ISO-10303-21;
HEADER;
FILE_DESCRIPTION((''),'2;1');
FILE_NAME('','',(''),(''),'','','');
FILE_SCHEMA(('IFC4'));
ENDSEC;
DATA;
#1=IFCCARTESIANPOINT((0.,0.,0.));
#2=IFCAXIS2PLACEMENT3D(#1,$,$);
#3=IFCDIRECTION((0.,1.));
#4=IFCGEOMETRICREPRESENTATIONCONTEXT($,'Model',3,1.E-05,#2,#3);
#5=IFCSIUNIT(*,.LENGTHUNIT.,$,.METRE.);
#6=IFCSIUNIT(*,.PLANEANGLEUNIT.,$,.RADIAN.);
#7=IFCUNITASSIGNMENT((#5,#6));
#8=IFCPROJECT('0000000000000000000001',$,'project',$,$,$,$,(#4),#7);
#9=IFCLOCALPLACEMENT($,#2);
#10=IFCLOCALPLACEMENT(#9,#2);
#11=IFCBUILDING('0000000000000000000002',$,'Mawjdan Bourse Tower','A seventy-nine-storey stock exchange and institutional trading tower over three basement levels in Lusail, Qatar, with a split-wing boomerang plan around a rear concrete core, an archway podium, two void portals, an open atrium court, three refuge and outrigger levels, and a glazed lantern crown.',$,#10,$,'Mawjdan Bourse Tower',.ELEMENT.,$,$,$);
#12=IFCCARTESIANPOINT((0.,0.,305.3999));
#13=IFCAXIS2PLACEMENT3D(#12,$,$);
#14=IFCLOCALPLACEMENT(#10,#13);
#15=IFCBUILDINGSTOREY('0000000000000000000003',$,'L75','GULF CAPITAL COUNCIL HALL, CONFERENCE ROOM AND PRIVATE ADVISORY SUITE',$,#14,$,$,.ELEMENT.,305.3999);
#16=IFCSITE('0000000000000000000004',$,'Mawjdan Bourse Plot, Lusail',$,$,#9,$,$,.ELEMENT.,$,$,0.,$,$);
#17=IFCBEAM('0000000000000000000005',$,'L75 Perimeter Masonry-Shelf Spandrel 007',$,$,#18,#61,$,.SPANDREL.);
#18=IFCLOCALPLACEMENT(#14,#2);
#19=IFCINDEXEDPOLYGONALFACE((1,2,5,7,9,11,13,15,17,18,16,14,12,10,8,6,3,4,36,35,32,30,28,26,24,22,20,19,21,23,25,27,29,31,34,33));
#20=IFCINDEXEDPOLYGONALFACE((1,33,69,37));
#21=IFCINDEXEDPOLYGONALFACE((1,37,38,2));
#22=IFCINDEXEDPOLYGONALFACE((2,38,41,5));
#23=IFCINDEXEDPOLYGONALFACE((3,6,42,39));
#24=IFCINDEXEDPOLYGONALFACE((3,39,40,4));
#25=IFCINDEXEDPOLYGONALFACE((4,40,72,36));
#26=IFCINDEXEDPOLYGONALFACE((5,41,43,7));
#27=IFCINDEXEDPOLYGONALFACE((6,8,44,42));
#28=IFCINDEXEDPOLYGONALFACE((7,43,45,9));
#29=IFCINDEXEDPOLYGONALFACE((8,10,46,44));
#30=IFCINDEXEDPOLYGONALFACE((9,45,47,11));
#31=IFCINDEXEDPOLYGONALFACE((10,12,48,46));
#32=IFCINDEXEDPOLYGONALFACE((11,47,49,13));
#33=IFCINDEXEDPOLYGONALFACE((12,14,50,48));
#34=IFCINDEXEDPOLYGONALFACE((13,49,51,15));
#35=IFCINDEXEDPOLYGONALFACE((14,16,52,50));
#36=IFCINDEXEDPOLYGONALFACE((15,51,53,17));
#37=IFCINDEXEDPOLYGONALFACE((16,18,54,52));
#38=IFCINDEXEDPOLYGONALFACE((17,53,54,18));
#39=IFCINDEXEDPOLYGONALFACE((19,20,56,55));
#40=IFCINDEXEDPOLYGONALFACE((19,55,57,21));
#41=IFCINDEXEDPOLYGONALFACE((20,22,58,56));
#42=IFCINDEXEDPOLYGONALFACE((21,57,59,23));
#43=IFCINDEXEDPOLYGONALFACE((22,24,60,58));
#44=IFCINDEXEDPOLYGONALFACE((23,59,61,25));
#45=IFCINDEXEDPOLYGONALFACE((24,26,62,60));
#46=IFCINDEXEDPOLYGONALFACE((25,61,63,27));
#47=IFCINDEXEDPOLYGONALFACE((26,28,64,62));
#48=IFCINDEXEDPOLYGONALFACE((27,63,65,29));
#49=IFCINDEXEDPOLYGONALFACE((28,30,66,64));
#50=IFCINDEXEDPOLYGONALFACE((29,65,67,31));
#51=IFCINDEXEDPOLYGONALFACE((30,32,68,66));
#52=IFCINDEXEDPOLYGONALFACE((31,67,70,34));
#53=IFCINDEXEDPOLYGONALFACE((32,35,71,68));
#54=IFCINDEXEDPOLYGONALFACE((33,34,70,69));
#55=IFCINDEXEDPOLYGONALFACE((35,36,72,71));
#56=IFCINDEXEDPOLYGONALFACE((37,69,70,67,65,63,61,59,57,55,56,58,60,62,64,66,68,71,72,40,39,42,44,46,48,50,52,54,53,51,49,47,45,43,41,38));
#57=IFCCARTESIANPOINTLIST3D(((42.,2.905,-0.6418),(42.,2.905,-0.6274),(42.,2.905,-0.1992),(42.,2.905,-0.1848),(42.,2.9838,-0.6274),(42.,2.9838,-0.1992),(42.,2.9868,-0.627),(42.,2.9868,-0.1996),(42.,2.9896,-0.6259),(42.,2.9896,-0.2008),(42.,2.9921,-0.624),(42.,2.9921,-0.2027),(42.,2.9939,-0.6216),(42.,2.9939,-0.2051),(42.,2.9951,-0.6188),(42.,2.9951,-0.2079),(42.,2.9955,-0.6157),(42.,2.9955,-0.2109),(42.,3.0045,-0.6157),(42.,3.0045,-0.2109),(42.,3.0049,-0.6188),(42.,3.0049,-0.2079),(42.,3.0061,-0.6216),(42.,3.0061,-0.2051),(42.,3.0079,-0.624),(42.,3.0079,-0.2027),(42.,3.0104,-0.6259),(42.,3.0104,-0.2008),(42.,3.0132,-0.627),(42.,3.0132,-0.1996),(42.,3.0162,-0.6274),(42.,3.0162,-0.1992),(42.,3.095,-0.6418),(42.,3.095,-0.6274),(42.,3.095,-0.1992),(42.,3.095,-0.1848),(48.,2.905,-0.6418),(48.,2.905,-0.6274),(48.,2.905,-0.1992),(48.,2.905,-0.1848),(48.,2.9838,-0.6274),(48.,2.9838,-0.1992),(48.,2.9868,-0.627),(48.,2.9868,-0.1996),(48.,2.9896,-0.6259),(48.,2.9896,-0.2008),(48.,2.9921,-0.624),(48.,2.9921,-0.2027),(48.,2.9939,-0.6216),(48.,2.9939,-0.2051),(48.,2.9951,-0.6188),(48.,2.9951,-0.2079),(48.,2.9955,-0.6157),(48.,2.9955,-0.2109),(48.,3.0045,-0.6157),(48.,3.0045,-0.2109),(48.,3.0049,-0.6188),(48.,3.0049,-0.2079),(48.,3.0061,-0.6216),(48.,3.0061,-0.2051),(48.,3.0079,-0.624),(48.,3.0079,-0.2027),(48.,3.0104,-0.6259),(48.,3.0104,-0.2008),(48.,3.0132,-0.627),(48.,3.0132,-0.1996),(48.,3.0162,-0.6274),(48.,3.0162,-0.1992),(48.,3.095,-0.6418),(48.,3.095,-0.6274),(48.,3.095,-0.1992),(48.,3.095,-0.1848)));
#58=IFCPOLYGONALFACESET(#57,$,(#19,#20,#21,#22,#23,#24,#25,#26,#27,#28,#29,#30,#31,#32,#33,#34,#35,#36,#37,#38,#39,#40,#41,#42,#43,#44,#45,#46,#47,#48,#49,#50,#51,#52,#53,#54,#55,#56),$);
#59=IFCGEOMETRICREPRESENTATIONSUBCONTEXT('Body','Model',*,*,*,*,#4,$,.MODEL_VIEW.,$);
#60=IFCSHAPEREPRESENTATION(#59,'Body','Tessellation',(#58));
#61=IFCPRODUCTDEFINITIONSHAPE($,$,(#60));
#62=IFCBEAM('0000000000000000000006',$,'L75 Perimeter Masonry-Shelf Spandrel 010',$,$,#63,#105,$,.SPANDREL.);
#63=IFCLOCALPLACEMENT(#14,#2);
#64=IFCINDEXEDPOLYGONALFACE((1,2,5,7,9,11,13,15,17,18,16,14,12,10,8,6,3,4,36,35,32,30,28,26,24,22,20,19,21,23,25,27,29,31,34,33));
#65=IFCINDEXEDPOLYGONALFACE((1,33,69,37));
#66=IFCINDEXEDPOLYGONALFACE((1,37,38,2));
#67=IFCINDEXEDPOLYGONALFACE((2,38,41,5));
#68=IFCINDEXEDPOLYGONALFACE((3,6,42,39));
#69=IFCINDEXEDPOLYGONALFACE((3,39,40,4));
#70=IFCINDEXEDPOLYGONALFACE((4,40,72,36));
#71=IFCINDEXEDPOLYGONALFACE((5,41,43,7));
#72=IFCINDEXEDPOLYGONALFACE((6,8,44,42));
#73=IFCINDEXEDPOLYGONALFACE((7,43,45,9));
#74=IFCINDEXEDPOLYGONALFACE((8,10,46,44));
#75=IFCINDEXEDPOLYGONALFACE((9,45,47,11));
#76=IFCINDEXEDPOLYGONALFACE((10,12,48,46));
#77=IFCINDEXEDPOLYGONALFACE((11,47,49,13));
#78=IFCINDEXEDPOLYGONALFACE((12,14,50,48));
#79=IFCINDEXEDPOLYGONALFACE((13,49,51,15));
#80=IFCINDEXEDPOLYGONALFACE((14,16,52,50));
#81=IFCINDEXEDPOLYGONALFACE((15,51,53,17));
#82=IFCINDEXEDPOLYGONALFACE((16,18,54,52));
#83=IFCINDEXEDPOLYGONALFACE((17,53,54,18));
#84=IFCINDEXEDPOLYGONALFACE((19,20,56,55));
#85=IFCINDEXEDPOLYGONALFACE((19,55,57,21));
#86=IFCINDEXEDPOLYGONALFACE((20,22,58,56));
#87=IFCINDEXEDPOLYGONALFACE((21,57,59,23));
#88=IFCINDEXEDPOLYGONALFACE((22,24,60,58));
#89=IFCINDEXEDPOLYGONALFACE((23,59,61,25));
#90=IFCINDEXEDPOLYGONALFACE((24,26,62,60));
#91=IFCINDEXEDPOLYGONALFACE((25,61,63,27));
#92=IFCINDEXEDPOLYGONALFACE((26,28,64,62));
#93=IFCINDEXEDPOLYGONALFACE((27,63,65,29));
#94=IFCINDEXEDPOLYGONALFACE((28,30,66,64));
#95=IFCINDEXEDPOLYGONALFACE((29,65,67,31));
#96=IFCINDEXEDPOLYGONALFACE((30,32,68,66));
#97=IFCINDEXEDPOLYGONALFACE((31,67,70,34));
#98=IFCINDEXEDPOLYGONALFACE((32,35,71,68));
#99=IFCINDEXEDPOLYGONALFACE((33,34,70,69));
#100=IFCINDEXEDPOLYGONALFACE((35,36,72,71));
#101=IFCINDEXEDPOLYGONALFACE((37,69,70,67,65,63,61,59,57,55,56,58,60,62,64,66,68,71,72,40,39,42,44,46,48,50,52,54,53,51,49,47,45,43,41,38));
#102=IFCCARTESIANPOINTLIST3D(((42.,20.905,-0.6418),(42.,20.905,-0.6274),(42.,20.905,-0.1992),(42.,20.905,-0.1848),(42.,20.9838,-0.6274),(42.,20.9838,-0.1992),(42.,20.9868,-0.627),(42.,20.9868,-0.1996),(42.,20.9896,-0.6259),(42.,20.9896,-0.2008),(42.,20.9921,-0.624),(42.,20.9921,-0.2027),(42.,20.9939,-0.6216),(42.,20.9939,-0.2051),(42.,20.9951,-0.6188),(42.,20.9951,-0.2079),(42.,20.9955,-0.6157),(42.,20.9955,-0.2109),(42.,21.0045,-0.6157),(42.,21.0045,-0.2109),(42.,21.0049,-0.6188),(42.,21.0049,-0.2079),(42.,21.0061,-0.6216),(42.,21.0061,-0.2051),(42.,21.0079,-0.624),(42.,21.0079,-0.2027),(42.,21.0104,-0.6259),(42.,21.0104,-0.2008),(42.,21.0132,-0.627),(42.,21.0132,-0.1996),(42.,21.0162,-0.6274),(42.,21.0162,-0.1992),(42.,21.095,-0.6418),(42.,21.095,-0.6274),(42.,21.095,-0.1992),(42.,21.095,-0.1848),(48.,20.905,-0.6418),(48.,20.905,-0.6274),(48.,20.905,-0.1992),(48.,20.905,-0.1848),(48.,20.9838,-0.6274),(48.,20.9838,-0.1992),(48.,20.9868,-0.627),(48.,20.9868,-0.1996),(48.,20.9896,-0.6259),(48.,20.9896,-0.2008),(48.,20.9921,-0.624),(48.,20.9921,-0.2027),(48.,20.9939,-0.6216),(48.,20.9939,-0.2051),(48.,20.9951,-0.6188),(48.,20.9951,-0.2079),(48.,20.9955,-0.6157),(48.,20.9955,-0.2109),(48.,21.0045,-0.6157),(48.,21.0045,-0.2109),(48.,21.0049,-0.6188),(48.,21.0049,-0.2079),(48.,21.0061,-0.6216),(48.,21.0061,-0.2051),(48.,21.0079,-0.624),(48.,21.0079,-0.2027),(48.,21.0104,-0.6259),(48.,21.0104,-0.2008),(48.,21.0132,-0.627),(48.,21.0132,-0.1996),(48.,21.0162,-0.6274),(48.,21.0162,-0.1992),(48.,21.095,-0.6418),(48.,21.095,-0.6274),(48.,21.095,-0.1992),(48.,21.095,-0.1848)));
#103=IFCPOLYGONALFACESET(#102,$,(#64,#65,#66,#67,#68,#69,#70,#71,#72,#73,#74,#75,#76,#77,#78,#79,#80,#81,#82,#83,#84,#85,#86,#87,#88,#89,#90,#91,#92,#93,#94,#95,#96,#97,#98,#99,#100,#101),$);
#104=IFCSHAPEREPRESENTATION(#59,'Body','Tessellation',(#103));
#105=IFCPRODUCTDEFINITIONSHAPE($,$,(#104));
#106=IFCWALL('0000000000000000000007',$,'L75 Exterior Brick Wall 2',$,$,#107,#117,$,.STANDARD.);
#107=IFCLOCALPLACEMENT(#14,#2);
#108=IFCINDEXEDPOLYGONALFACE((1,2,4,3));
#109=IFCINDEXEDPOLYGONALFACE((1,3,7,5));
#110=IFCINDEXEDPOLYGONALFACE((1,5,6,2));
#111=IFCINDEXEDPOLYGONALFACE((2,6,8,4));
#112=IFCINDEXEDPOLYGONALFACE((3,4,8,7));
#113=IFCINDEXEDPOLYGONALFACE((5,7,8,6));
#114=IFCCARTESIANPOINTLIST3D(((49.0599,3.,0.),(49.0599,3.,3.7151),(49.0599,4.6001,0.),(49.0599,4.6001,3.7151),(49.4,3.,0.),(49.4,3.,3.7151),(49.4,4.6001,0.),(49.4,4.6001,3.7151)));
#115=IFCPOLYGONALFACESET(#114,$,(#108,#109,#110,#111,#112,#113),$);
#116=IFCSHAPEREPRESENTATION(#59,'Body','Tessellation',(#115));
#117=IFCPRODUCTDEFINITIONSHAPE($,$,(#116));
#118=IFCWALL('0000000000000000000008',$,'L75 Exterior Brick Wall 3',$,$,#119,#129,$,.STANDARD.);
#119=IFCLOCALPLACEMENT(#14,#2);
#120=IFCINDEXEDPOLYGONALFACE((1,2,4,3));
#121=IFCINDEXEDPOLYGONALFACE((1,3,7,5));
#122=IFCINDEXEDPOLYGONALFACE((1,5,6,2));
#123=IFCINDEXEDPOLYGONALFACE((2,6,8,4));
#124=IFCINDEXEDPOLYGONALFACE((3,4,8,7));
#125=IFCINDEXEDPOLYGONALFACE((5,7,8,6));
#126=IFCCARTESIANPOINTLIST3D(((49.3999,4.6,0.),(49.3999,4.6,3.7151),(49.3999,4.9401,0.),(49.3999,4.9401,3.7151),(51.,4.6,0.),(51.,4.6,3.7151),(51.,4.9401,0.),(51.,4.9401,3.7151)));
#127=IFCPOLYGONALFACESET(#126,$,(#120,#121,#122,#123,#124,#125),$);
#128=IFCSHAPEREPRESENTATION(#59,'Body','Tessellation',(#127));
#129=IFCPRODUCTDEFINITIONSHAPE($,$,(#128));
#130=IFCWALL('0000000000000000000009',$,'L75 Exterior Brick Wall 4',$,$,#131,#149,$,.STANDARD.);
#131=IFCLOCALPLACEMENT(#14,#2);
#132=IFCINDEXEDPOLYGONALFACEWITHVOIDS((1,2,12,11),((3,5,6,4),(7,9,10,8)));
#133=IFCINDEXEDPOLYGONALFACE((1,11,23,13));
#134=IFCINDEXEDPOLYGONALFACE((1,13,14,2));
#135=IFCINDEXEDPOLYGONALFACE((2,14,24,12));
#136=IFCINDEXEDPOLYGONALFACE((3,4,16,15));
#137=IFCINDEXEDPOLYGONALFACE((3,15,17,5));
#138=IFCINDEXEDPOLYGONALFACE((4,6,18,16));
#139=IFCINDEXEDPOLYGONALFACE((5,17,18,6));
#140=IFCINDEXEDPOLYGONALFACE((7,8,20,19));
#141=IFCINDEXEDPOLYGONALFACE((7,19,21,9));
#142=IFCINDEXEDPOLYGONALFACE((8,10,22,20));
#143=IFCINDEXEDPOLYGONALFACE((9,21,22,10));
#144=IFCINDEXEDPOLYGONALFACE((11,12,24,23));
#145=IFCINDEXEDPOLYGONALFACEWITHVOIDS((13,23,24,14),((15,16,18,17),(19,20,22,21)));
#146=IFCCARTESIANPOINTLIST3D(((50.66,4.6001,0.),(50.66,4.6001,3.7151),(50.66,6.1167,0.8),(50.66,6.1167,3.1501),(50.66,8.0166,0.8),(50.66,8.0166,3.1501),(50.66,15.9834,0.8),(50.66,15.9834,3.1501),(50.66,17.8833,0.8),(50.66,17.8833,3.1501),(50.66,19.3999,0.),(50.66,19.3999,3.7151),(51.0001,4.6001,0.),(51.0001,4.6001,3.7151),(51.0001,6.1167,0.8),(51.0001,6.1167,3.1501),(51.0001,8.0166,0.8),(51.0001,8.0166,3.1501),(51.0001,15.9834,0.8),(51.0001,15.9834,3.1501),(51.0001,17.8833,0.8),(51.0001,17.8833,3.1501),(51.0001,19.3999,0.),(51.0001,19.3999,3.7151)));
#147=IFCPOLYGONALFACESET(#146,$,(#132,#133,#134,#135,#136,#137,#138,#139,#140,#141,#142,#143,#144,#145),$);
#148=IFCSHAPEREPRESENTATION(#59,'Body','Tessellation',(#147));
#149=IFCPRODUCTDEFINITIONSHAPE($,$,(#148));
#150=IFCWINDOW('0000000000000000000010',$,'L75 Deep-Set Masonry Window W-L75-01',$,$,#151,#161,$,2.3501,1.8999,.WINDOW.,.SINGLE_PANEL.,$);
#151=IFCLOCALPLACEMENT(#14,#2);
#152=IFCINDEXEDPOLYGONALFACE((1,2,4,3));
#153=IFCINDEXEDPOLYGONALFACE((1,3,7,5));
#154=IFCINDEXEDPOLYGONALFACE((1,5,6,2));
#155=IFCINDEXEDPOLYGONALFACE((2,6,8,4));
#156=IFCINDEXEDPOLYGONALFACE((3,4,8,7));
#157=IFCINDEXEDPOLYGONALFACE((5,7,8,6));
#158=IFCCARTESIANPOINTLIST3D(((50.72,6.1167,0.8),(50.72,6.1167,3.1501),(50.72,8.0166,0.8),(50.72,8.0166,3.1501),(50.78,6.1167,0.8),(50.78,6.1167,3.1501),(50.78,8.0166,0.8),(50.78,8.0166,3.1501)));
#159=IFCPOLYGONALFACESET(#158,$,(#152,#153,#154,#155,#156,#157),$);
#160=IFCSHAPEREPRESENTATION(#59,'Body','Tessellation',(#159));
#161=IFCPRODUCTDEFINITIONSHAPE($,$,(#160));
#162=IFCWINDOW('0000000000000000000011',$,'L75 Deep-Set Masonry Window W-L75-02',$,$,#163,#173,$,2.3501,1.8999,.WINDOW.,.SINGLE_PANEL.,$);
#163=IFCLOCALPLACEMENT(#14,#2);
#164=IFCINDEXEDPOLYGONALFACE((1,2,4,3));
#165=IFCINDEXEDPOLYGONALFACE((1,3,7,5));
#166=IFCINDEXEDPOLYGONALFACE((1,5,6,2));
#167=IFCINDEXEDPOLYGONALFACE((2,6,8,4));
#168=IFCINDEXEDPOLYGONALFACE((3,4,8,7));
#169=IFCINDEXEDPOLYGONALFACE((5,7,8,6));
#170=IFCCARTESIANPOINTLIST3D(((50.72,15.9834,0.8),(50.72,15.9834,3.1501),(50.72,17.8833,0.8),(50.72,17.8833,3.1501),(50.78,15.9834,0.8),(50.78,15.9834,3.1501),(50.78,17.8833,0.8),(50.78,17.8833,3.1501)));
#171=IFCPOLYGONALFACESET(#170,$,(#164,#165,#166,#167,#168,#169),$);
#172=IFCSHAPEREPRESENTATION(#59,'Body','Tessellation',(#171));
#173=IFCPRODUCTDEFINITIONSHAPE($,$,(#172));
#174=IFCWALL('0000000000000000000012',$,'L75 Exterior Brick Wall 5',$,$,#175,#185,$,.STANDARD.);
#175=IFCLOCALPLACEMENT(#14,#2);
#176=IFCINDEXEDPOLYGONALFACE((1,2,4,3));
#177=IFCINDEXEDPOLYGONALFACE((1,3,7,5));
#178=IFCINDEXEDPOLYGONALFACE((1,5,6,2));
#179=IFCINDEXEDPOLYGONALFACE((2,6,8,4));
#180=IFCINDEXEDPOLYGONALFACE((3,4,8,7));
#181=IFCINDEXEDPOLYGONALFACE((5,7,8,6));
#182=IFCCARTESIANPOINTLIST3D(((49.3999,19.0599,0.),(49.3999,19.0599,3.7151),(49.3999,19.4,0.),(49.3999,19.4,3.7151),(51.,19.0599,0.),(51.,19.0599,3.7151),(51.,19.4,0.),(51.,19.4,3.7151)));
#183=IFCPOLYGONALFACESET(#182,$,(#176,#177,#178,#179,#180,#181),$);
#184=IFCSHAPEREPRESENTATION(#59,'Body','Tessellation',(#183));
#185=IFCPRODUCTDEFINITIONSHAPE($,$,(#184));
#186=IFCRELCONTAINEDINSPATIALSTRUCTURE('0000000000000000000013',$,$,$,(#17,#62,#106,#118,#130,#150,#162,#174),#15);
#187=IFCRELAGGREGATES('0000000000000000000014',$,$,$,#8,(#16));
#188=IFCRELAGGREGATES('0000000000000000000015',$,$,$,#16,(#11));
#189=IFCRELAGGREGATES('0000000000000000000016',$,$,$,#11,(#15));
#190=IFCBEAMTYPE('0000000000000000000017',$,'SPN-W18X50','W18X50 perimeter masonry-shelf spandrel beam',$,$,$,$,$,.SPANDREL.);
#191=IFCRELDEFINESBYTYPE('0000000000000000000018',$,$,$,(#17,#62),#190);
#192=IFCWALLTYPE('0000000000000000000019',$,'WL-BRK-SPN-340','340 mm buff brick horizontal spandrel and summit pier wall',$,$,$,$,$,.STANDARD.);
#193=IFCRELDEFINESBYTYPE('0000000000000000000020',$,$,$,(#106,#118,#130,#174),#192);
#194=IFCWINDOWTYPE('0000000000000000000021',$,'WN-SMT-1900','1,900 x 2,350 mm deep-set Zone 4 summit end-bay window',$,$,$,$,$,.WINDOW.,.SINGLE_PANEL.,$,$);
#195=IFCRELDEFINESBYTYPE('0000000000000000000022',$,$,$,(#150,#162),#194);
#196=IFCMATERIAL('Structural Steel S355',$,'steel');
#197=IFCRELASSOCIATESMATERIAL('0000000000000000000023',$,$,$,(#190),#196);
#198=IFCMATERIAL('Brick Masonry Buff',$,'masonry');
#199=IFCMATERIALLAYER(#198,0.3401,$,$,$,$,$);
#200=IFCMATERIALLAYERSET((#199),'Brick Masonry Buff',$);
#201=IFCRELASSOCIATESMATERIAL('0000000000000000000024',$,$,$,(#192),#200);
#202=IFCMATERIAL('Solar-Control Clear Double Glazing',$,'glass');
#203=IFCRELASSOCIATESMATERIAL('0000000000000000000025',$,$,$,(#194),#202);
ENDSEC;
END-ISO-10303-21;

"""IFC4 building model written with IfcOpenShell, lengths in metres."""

from ifc_helpers import new_model, si_unit, direction, frame, frame_2d, origin, origin_2d, place, context, subcontext, project, spatial, rectangle, i_section, extrude, material, layer, layer_set, material_profile, profile_set, type_object, element, fill, save


model = new_model("IFC4")

# Units and contexts
model_context = context("Model", 3, precision=1e-05, world=origin(), true_north=direction((0.0, 1.0)))
body_context = subcontext(model_context, "Body", "Model", "MODEL_VIEW")
ifc_project = project(units=[si_unit("LENGTHUNIT", "METRE"), si_unit("PLANEANGLEUNIT", "RADIAN")], contexts=[model_context])

# Site, building, storey
site_placement = place(None, origin())
site = spatial("IfcSite", under=ifc_project, at=site_placement, Name="Mawjdan Bourse Plot, Lusail", CompositionType="ELEMENT", RefElevation=0.0)
building_placement = place(site_placement, origin())
building = spatial("IfcBuilding", under=site, at=building_placement, Name="Mawjdan Bourse Tower", Description="A seventy-nine-storey stock exchange and institutional trading tower over three basement levels in Lusail, Qatar, with a split-wing boomerang plan around a rear concrete core, an archway podium, two void portals, an open atrium court, three refuge and outrigger levels, and a glazed lantern crown.", LongName="Mawjdan Bourse Tower", CompositionType="ELEMENT")
storey_placement = place(building_placement, frame((0.0, 0.0, 305.3999)))
storey = spatial("IfcBuildingStorey", under=building, at=storey_placement, Name="L75", Description="GULF CAPITAL COUNCIL HALL, CONFERENCE ROOM AND PRIVATE ADVISORY SUITE", CompositionType="ELEMENT", Elevation=305.3999)

# Shared definitions
ifc_material_1 = material(Name="Structural Steel S355", Category="steel")

# Beams
ifc_material_profile_1 = material_profile(ifc_material_1, i_section(OverallWidth=0.1899, OverallDepth=0.457, WebThickness=0.009, FlangeThickness=0.0144, FilletRadius=0.0117, at=origin_2d()), Name="W18X50")
ifc_profile_set_1 = profile_set([ifc_material_profile_1], Name="Structural Steel S355")
beam_type_1 = type_object("IfcBeamType", Name="SPN-W18X50", Description="W18X50 perimeter masonry-shelf spandrel beam", PredefinedType="SPANDREL", material=ifc_profile_set_1)
for number, where, z_axis, x_axis, name in (
    (1, (42.0, 3.0, -0.4133), (1.0, 0.0, 0.0), (0.0, 1.0, 0.0), "L75 Perimeter Masonry-Shelf Spandrel 007"),
    (2, (42.0, 21.0, -0.4133), (1.0, 0.0, 0.0), (0.0, 1.0, 0.0), "L75 Perimeter Masonry-Shelf Spandrel 010"),
):
    element("IfcBeam", number, at=place(storey_placement, frame(where, z_axis=z_axis, x_axis=x_axis)), inside=storey, type_object=beam_type_1, Name=name, PredefinedType="SPANDREL", context=body_context, shape_type="SweptSolid", body=[
        extrude(i_section(OverallWidth=0.1899, OverallDepth=0.457, WebThickness=0.009, FlangeThickness=0.0144, FilletRadius=0.0117, at=origin_2d()), origin(), (0.0, 0.0, 1.0), 6.0),
    ])

# Walls
ifc_material_2 = material(Name="Brick Masonry Buff", Category="masonry")
ifc_layer_1 = layer(ifc_material_2, 0.3401)
ifc_layer_set_1 = layer_set([ifc_layer_1], Name="Brick Masonry Buff")
wall_type_1 = type_object("IfcWallType", Name="WL-BRK-SPN-340", Description="340 mm buff brick horizontal spandrel and summit pier wall", PredefinedType="STANDARD", material=ifc_layer_set_1)
for number, where, z_axis, x_axis, name in (
    (3, (49.23, 3.0, 0.0), (0.0, 0.0, 1.0), (0.0, 1.0, 0.0), "L75 Exterior Brick Wall 2"),
    (4, (49.3999, 4.77, 0.0), (0.0, 0.0, 1.0), (1.0, 0.0, 0.0), "L75 Exterior Brick Wall 3"),
):
    element("IfcWall", number, at=place(storey_placement, frame(where, z_axis=z_axis, x_axis=x_axis)), inside=storey, type_object=wall_type_1, Name=name, PredefinedType="STANDARD", context=body_context, shape_type="SweptSolid", body=[
        extrude(rectangle(XDim=1.6001, YDim=0.3401, at=frame_2d((0.8, 0.0))), origin(), (0.0, 0.0, 1.0), 3.7151),
    ])

# Wall, openings, windows
wall_1_placement = place(storey_placement, frame((50.8301, 4.6001, 0.0), z_axis=(0.0, 0.0, 1.0), x_axis=(0.0, 1.0, 0.0)))
wall_1 = element("IfcWall", 5, at=wall_1_placement, inside=storey, type_object=wall_type_1, Name="L75 Exterior Brick Wall 4", PredefinedType="STANDARD", context=body_context, shape_type="SweptSolid", body=[
    extrude(rectangle(XDim=14.7998, YDim=0.3401, at=frame_2d((7.3999, 0.0))), origin(), (0.0, 0.0, 1.0), 3.7151),
])
opening_1_placement = place(wall_1_placement, frame((1.5166, 0.0, 0.8)))
opening_1 = element("IfcOpeningElement", 6, at=opening_1_placement, cuts=wall_1, PredefinedType="OPENING", context=body_context, shape_type="SweptSolid", body=[
    extrude(rectangle(XDim=1.8999, YDim=2.3501, at=frame_2d((0.95, 1.175))), frame((0.0, 0.1802, 0.0), z_axis=(0.0, -1.0, 0.0), x_axis=(1.0, 0.0, 0.0)), (0.0, 0.0, 1.0), 0.3601),
])
opening_2_placement = place(wall_1_placement, frame((11.3833, 0.0, 0.8)))
opening_2 = element("IfcOpeningElement", 7, at=opening_2_placement, cuts=wall_1, PredefinedType="OPENING", context=body_context, shape_type="SweptSolid", body=[
    extrude(rectangle(XDim=1.8999, YDim=2.3501, at=frame_2d((0.95, 1.175))), frame((0.0, 0.1802, 0.0), z_axis=(0.0, -1.0, 0.0), x_axis=(1.0, 0.0, 0.0)), (0.0, 0.0, 1.0), 0.3601),
])
ifc_material_3 = material(Name="Solar-Control Clear Double Glazing", Category="glass")
window_type_1 = type_object("IfcWindowType", Name="WN-SMT-1900", Description="1,900 x 2,350 mm deep-set Zone 4 summit end-bay window", PartitioningType="SINGLE_PANEL", PredefinedType="WINDOW", material=ifc_material_3)
window_1_placement = place(opening_1_placement, origin())
window_1 = element("IfcWindow", 8, at=window_1_placement, inside=storey, type_object=window_type_1, Name="L75 Deep-Set Masonry Window W-L75-01", OverallHeight=2.3501, OverallWidth=1.8999, PartitioningType="SINGLE_PANEL", PredefinedType="WINDOW", context=body_context, shape_type="SweptSolid", body=[
    extrude(rectangle(XDim=1.8999, YDim=2.3501, at=frame_2d((0.95, 1.175))), frame((0.0, 0.1101, 0.0), z_axis=(0.0, -1.0, 0.0), x_axis=(1.0, 0.0, 0.0)), (0.0, 0.0, 1.0), 0.0601),
])
fill(opening_1, window_1)
window_2_placement = place(opening_2_placement, origin())
window_2 = element("IfcWindow", 9, at=window_2_placement, inside=storey, type_object=window_type_1, Name="L75 Deep-Set Masonry Window W-L75-02", OverallHeight=2.3501, OverallWidth=1.8999, PartitioningType="SINGLE_PANEL", PredefinedType="WINDOW", context=body_context, shape_type="SweptSolid", body=[
    extrude(rectangle(XDim=1.8999, YDim=2.3501, at=frame_2d((0.95, 1.175))), frame((0.0, 0.1101, 0.0), z_axis=(0.0, -1.0, 0.0), x_axis=(1.0, 0.0, 0.0)), (0.0, 0.0, 1.0), 0.0601),
])
fill(opening_2, window_2)

# Wall
for number, where, z_axis, x_axis, name in (
    (10, (51.0, 19.23, 0.0), (0.0, 0.0, 1.0), (-1.0, 0.0, 0.0), "L75 Exterior Brick Wall 5"),
):
    element("IfcWall", number, at=place(storey_placement, frame(where, z_axis=z_axis, x_axis=x_axis)), inside=storey, type_object=wall_type_1, Name=name, PredefinedType="STANDARD", context=body_context, shape_type="SweptSolid", body=[
        extrude(rectangle(XDim=1.6001, YDim=0.3401, at=frame_2d((0.8, 0.0))), origin(), (0.0, 0.0, 1.0), 3.7151),
    ])

save(model, "model.ifc")
